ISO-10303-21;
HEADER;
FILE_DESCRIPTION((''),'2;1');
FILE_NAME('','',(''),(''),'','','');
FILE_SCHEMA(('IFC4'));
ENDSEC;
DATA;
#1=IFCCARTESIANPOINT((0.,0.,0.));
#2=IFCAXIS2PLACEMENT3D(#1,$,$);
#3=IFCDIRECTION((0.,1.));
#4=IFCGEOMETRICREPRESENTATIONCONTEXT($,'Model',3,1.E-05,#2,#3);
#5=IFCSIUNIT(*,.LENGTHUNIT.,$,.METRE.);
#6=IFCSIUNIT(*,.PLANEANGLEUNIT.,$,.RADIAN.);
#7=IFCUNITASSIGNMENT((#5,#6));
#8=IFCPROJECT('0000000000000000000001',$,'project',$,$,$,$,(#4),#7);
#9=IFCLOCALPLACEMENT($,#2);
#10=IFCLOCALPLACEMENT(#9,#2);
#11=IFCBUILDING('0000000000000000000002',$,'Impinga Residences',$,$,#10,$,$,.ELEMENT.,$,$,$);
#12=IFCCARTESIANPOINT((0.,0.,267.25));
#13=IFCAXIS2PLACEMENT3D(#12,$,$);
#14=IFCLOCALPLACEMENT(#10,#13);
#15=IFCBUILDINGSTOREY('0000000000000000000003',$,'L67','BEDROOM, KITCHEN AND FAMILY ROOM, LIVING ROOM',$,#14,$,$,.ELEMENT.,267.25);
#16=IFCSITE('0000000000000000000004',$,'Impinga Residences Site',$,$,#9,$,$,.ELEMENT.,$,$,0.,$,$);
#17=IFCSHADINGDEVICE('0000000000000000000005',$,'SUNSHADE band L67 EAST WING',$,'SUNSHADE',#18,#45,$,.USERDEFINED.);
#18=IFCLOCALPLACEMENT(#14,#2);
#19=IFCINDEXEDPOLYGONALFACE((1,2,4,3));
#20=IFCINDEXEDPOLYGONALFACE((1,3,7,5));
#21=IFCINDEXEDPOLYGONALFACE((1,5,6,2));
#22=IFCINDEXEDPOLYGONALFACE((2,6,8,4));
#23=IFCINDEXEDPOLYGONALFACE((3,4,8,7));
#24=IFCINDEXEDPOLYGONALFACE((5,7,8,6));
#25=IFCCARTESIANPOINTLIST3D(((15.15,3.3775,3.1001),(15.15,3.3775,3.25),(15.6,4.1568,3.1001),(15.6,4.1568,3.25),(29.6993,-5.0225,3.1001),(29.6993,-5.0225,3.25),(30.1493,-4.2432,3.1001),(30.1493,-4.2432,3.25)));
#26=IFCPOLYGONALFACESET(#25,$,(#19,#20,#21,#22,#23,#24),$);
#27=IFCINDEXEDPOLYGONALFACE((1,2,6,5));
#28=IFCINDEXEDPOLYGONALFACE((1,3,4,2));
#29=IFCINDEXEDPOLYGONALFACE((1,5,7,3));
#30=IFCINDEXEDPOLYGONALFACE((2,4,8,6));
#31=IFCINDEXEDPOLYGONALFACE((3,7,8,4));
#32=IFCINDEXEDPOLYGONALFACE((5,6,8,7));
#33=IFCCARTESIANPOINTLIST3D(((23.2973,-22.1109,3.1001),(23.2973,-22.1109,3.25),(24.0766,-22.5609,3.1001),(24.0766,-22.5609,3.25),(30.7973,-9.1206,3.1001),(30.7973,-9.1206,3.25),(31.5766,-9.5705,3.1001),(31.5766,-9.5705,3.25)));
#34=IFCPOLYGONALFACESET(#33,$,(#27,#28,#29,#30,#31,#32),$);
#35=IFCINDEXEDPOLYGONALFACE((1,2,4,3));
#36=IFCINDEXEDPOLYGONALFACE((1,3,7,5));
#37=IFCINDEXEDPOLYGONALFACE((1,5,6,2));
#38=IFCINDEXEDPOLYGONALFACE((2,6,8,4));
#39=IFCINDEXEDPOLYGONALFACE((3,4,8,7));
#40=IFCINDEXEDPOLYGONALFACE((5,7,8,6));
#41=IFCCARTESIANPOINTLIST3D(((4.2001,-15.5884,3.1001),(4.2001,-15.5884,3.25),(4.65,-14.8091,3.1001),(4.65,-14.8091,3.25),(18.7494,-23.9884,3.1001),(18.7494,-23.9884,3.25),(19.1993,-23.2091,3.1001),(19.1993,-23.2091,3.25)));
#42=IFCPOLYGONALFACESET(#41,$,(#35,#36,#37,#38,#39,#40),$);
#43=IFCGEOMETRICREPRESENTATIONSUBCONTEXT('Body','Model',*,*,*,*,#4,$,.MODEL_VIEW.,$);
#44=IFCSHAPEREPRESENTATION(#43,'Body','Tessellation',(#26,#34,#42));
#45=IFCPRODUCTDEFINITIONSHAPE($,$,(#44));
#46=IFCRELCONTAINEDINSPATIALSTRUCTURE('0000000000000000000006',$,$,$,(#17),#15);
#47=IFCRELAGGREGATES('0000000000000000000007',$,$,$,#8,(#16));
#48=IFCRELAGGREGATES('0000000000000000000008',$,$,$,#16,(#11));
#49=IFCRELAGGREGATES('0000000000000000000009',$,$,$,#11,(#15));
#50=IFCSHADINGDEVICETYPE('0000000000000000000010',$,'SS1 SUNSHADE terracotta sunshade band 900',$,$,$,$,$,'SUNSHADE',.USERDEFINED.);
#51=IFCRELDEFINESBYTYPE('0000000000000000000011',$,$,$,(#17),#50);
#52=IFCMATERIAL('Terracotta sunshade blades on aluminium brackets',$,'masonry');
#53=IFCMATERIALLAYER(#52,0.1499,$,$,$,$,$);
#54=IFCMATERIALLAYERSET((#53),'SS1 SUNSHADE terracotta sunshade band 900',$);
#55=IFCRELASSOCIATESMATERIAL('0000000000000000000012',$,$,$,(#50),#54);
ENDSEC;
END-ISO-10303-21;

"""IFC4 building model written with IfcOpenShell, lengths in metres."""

from ifc_helpers import new_model, si_unit, direction, frame, origin, origin_2d, place, context, subcontext, project, spatial, rectangle, extrude, material, layer, layer_set, type_object, element, save


model = new_model("IFC4")

# Units and contexts
model_context = context("Model", 3, precision=1e-05, world=origin(), true_north=direction((0.0, 1.0)))
body_context = subcontext(model_context, "Body", "Model", "MODEL_VIEW")
ifc_project = project(units=[si_unit("LENGTHUNIT", "METRE"), si_unit("PLANEANGLEUNIT", "RADIAN")], contexts=[model_context])

# Site, building, storey
site_placement = place(None, origin())
site = spatial("IfcSite", under=ifc_project, at=site_placement, Name="Impinga Residences Site", CompositionType="ELEMENT", RefElevation=0.0)
building_placement = place(site_placement, origin())
building = spatial("IfcBuilding", under=site, at=building_placement, Name="Impinga Residences", CompositionType="ELEMENT")
storey_placement = place(building_placement, frame((0.0, 0.0, 267.25)))
storey = spatial("IfcBuildingStorey", under=building, at=storey_placement, Name="L67", Description="BEDROOM, KITCHEN AND FAMILY ROOM, LIVING ROOM", CompositionType="ELEMENT", Elevation=267.25)

# Shading device
ifc_material_1 = material(Name="Terracotta sunshade blades on aluminium brackets", Category="masonry")
ifc_layer_1 = layer(ifc_material_1, 0.1499)
ifc_layer_set_1 = layer_set([ifc_layer_1], Name="SS1 SUNSHADE terracotta sunshade band 900")
shading_device_type = type_object("IfcShadingDeviceType", Name="SS1 SUNSHADE terracotta sunshade band 900", ElementType="SUNSHADE", PredefinedType="USERDEFINED", material=ifc_layer_set_1)
shading_device_placement = place(storey_placement, frame((22.6497, -0.4329, 3.1001), z_axis=(0.0, 0.0, 1.0), x_axis=(0.866025, -0.5, 0.0)))
element("IfcShadingDevice", 1, at=shading_device_placement, inside=storey, type_object=shading_device_type, Name="SUNSHADE band L67 EAST WING", ObjectType="SUNSHADE", PredefinedType="USERDEFINED", context=body_context, shape_type="SweptSolid", body=[
    extrude(rectangle(XDim=16.8, YDim=0.8999, at=origin_2d()), origin(), (0.0, 0.0, 1.0), 0.1499),
    extrude(rectangle(XDim=15.0, YDim=0.8999, at=origin_2d()), frame((11.8499, -10.95, 0.0), z_axis=(0.0, 0.0, 1.0), x_axis=(0.0, -1.0, 0.0)), (0.0, 0.0, 1.0), 0.1499),
    extrude(rectangle(XDim=16.8, YDim=0.8999, at=origin_2d()), frame((0.0, -21.8999, 0.0), z_axis=(0.0, 0.0, 1.0), x_axis=(-1.0, 0.0, 0.0)), (0.0, 0.0, 1.0), 0.1499),
])

save(model, "model.ifc")
